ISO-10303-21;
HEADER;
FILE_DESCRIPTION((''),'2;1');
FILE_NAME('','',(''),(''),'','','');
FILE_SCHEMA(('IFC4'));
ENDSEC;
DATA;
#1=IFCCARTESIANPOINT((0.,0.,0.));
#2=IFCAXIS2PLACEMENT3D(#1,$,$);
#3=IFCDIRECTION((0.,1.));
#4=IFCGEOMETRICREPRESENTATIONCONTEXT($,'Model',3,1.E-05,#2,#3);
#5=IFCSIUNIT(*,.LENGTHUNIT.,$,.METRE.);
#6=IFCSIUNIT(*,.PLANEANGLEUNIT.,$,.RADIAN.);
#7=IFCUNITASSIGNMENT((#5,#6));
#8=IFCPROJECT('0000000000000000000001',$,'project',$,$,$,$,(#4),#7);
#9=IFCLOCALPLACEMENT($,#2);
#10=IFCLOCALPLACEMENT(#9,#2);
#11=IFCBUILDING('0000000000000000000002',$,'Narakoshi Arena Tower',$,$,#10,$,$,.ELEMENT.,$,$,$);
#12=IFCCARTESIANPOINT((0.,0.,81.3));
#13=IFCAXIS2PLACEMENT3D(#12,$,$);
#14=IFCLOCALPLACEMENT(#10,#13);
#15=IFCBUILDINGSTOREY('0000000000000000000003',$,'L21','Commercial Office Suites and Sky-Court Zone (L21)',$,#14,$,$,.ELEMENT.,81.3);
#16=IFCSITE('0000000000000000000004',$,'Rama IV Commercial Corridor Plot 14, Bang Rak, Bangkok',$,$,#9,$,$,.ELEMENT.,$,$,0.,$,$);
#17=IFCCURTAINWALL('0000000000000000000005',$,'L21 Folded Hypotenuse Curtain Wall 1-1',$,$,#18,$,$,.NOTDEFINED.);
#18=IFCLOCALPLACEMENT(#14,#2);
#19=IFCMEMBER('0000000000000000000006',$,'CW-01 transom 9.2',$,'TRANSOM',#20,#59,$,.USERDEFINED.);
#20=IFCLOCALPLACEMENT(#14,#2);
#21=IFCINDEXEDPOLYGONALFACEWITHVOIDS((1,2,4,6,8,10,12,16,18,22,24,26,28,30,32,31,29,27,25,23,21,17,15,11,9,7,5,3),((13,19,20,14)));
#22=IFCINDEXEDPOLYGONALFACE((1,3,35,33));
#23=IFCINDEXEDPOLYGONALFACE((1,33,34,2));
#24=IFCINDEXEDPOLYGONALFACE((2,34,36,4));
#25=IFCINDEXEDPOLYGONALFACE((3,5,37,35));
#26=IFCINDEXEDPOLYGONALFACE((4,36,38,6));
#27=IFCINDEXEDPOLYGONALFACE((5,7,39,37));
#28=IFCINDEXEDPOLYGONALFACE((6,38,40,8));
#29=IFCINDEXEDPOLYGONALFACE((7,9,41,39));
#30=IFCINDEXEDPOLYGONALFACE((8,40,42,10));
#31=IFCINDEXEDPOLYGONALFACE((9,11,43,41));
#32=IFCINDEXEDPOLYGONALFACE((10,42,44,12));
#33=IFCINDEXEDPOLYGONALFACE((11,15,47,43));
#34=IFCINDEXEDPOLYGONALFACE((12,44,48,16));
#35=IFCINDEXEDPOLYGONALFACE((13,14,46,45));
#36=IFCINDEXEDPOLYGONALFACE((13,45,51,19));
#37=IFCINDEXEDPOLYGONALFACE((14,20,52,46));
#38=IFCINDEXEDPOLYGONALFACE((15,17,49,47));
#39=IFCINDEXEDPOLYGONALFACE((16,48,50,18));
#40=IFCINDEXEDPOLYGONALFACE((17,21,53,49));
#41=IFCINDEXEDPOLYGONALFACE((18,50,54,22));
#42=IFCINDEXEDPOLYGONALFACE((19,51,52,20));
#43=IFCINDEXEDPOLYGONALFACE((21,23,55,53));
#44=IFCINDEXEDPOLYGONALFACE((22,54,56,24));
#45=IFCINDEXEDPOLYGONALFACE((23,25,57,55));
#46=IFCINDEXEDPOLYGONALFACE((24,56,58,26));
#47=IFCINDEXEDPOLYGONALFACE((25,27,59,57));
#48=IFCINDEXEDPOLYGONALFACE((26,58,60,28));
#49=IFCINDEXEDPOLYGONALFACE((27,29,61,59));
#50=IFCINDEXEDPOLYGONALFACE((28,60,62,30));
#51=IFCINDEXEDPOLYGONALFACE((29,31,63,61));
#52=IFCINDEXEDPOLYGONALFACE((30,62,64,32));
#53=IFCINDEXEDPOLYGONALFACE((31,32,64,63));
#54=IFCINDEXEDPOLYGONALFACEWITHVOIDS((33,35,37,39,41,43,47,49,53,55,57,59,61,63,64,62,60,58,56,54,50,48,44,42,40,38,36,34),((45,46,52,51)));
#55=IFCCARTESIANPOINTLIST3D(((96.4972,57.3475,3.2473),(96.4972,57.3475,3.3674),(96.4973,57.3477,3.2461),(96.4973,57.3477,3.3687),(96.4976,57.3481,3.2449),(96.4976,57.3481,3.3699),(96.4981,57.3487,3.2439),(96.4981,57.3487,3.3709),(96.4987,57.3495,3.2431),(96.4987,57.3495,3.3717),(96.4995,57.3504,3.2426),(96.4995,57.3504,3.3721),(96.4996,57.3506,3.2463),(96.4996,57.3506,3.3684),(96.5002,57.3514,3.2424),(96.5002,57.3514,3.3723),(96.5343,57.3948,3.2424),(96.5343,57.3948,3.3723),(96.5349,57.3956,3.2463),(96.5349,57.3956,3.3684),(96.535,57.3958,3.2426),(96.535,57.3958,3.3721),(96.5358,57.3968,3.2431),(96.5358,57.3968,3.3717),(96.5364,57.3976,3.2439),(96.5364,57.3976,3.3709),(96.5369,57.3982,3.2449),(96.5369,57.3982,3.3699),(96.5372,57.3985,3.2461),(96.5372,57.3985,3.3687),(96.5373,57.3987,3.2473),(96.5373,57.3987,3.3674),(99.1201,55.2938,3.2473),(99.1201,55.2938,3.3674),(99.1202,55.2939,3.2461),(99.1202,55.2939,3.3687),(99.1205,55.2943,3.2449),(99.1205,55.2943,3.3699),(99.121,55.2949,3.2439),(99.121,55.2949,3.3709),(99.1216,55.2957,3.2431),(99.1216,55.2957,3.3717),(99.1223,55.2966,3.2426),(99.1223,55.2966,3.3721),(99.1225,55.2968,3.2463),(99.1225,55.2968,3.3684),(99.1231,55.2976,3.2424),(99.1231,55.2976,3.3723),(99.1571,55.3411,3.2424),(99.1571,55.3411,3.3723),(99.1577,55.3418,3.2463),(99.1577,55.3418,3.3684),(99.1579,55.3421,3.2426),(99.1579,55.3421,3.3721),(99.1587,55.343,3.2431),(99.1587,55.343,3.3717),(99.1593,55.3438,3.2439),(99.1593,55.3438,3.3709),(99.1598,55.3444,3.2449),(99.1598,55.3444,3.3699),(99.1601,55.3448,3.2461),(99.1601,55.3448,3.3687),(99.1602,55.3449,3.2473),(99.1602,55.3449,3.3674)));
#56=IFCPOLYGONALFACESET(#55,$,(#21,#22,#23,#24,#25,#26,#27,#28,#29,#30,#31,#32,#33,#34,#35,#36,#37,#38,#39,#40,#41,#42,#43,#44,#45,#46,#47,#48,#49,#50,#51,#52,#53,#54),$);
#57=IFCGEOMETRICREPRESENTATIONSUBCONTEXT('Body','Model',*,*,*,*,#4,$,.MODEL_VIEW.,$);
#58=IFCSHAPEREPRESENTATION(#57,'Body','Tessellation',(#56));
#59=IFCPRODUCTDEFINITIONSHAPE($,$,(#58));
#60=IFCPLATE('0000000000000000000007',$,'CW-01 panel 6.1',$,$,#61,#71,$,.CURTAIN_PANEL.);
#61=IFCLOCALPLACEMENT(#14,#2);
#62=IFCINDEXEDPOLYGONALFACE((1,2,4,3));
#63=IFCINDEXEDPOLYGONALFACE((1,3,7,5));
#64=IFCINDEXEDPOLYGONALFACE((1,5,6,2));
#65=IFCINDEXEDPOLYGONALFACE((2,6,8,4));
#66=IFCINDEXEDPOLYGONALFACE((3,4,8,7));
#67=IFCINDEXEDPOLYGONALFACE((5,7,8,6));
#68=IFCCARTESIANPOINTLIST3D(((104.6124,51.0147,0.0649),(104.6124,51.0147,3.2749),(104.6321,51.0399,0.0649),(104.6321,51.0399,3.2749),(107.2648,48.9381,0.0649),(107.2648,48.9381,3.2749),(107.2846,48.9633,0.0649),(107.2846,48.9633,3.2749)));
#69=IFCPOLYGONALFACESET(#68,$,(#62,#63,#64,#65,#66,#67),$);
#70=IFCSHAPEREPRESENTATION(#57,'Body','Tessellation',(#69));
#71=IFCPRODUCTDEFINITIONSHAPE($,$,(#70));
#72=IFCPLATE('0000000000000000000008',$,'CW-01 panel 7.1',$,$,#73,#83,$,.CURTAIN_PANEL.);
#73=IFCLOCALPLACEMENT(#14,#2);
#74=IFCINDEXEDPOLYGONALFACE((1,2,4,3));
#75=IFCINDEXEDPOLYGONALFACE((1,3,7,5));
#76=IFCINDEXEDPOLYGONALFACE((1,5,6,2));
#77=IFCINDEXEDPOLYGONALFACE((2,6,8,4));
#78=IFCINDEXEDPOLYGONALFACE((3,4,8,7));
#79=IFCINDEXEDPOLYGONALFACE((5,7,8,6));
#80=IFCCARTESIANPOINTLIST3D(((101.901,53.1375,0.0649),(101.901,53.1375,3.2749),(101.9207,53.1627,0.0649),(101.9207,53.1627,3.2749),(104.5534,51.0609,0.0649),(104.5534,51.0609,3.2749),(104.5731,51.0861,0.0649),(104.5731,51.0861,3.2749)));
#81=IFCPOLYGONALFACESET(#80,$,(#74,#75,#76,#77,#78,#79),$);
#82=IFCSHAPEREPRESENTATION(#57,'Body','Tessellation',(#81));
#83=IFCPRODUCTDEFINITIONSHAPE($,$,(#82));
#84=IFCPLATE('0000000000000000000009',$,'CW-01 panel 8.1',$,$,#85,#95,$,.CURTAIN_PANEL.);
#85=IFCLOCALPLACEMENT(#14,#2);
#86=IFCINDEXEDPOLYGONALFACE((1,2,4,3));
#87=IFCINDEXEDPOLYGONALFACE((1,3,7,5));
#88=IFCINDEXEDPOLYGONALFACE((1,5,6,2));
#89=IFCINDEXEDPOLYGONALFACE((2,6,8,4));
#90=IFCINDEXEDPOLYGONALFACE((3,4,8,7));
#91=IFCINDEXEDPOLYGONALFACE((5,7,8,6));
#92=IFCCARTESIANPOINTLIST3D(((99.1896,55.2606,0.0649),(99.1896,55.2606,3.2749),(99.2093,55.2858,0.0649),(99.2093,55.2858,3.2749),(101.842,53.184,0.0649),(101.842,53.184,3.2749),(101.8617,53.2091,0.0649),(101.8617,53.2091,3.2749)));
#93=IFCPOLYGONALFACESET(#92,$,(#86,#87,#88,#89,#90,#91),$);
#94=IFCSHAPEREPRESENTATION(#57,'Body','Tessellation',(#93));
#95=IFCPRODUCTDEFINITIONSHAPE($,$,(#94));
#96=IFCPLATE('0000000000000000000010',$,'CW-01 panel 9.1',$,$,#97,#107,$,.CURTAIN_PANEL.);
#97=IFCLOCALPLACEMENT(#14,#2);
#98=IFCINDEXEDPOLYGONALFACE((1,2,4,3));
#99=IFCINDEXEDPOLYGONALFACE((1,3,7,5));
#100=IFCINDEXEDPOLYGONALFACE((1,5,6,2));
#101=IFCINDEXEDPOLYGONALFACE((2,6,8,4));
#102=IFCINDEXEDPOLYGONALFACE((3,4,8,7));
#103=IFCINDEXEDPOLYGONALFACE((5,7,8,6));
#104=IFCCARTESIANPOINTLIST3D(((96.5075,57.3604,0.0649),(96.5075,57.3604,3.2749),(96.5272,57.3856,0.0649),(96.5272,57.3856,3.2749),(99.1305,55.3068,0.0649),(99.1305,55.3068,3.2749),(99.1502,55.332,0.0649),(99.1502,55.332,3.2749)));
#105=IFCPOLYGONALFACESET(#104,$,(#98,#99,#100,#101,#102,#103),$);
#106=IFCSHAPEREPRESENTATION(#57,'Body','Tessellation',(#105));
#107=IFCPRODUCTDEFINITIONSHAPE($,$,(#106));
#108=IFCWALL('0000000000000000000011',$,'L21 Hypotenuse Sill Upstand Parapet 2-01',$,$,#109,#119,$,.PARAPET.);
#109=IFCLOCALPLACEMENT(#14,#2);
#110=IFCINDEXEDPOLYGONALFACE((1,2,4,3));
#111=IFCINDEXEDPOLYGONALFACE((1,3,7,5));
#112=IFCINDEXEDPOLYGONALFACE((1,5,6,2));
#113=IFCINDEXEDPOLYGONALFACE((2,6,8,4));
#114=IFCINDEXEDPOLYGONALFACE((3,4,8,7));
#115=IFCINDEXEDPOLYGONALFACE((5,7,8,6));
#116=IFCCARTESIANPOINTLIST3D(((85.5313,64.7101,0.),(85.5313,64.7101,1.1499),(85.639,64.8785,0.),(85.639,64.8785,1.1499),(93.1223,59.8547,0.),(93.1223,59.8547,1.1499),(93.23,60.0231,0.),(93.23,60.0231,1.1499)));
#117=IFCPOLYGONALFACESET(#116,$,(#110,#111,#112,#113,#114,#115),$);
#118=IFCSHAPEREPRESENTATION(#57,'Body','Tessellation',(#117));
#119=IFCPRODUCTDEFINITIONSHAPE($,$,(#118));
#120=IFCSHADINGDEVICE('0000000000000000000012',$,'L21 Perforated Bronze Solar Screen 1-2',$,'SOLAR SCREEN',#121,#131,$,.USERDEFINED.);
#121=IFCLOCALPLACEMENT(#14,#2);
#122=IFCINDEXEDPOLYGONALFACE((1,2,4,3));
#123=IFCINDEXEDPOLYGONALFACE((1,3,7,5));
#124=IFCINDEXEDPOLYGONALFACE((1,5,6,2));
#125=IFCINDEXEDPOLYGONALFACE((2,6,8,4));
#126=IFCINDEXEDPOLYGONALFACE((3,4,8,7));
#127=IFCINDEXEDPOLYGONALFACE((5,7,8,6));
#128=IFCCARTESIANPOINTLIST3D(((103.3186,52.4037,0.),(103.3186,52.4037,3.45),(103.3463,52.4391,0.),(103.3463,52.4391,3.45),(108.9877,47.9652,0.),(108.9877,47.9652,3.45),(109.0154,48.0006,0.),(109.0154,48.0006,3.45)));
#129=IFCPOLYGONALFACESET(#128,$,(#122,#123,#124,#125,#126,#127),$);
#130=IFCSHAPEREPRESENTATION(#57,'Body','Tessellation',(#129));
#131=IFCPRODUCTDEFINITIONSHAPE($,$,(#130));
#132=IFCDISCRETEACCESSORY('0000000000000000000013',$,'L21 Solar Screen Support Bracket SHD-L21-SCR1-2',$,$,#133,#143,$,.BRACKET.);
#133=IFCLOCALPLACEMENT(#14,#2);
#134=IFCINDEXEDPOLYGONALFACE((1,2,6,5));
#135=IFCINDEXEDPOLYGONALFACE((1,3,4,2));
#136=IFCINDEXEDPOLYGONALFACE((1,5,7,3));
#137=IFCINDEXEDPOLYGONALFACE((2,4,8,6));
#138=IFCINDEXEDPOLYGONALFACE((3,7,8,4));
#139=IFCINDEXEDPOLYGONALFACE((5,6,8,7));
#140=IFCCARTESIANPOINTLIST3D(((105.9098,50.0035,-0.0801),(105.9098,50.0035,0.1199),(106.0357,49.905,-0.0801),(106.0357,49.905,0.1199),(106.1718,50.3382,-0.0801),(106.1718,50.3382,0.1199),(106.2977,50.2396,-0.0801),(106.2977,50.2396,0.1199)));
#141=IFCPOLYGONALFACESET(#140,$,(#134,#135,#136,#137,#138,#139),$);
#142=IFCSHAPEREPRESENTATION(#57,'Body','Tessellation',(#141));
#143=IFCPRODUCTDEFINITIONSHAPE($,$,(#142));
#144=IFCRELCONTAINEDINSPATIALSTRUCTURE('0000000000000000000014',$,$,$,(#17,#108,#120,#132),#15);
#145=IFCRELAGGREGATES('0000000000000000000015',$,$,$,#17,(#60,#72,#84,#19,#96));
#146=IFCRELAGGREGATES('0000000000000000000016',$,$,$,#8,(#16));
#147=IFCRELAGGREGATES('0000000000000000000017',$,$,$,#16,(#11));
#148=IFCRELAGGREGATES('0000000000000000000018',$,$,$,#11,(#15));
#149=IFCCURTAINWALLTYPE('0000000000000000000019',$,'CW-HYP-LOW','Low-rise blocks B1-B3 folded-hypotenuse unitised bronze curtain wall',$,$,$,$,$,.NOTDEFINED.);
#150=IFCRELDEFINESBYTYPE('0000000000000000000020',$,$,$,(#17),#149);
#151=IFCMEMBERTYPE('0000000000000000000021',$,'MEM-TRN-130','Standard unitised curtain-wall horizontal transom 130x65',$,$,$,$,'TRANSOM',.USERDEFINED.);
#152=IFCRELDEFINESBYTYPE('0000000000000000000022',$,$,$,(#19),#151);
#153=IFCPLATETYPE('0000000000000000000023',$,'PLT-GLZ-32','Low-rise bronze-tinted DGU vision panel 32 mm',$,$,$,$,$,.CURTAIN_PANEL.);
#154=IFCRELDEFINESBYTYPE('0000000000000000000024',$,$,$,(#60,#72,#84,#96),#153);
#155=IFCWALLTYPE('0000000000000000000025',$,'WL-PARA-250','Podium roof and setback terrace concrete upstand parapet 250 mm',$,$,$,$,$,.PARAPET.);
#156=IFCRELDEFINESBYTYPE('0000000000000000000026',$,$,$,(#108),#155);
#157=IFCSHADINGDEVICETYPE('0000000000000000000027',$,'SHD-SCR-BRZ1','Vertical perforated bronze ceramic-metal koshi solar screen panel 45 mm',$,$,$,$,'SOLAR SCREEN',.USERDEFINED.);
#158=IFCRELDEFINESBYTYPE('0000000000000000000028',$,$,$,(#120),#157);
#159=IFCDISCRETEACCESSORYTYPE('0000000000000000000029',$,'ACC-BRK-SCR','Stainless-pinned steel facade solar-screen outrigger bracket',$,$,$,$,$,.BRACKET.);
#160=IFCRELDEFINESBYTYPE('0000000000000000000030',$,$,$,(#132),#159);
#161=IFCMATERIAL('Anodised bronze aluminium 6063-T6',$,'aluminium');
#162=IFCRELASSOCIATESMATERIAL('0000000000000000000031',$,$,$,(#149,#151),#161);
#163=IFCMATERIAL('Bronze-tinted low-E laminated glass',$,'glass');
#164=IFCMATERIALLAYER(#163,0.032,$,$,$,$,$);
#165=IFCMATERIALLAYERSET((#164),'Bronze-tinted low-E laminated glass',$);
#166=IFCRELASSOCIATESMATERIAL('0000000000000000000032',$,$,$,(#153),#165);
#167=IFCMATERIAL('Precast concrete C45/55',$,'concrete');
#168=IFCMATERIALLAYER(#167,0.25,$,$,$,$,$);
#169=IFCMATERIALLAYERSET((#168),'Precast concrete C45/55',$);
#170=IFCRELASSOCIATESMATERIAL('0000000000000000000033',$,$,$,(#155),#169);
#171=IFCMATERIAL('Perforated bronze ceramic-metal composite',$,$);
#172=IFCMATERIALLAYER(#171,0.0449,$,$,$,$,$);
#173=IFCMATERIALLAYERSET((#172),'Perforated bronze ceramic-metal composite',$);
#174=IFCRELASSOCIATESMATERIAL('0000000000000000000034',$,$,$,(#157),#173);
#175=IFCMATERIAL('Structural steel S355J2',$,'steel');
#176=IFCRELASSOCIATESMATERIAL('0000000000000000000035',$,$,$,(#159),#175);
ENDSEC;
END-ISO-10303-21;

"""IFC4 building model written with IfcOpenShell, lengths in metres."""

from ifc_helpers import new_model, si_unit, direction, frame, frame_2d, origin, origin_2d, place, context, subcontext, project, spatial, rectangle, hollow_rectangle, extrude, material, layer, layer_set, material_profile, profile_set, type_object, element, aggregate, save


model = new_model("IFC4")

# Units and contexts
model_context = context("Model", 3, precision=1e-05, world=origin(), true_north=direction((0.0, 1.0)))
body_context = subcontext(model_context, "Body", "Model", "MODEL_VIEW")
ifc_project = project(units=[si_unit("LENGTHUNIT", "METRE"), si_unit("PLANEANGLEUNIT", "RADIAN")], contexts=[model_context])

# Site, building, storey
site_placement = place(None, origin())
site = spatial("IfcSite", under=ifc_project, at=site_placement, Name="Rama IV Commercial Corridor Plot 14, Bang Rak, Bangkok", CompositionType="ELEMENT", RefElevation=0.0)
building_placement = place(site_placement, origin())
building = spatial("IfcBuilding", under=site, at=building_placement, Name="Narakoshi Arena Tower", CompositionType="ELEMENT")
storey_placement = place(building_placement, frame((0.0, 0.0, 81.3)))
storey = spatial("IfcBuildingStorey", under=building, at=storey_placement, Name="L21", Description="Commercial Office Suites and Sky-Court Zone (L21)", CompositionType="ELEMENT", Elevation=81.3)

# Shared definitions
ifc_material_1 = material(Name="Structural steel S355J2", Category="steel")

# Curtain wall, member, plates
ifc_material_2 = material(Name="Anodised bronze aluminium 6063-T6", Category="aluminium")
curtain_wall_type = type_object("IfcCurtainWallType", Name="CW-HYP-LOW", Description="Low-rise blocks B1-B3 folded-hypotenuse unitised bronze curtain wall", PredefinedType="NOTDEFINED", material=ifc_material_2)
curtain_wall_placement = place(storey_placement, origin())
curtain_wall = element("IfcCurtainWall", 1, at=curtain_wall_placement, inside=storey, type_object=curtain_wall_type, Name="L21 Folded Hypotenuse Curtain Wall 1-1", PredefinedType="NOTDEFINED")
ifc_material_profile_1 = material_profile(ifc_material_2, hollow_rectangle(XDim=0.0649, YDim=0.1299, WallThickness=0.0039, OuterFilletRadius=0.0049, at=origin_2d()), Name="TRN130x65x4")
ifc_profile_set_1 = profile_set([ifc_material_profile_1], Name="Anodised bronze aluminium 6063-T6")
member_type_1 = type_object("IfcMemberType", Name="MEM-TRN-130", Description="Standard unitised curtain-wall horizontal transom 130x65", ElementType="TRANSOM", PredefinedType="USERDEFINED", material=ifc_profile_set_1)
member_1_placement = place(storey_placement, frame((99.1401, 55.3193, 3.3074), z_axis=(-0.787347, 0.61651, 0.0), x_axis=(-0.61651, -0.787347, 0.0)))
member_1 = element("IfcMember", 2, at=member_1_placement, type_object=member_type_1, Name="CW-01 transom 9.2", ObjectType="TRANSOM", PredefinedType="USERDEFINED", context=body_context, shape_type="SweptSolid", body=[
    extrude(hollow_rectangle(XDim=0.0649, YDim=0.1299, WallThickness=0.0039, OuterFilletRadius=0.0049, at=origin_2d()), origin(), (0.0, 0.0, 1.0), 3.3313),
])
ifc_material_3 = material(Name="Bronze-tinted low-E laminated glass", Category="glass")
ifc_layer_1 = layer(ifc_material_3, 0.032)
ifc_layer_set_1 = layer_set([ifc_layer_1], Name="Bronze-tinted low-E laminated glass")
plate_type = type_object("IfcPlateType", Name="PLT-GLZ-32", Description="Low-rise bronze-tinted DGU vision panel 32 mm", PredefinedType="CURTAIN_PANEL", material=ifc_layer_set_1)
plate_1_placement = place(storey_placement, frame((105.9485, 49.989, 0.0649), z_axis=(0.0, 0.0, 1.0), x_axis=(-0.787388, 0.616458, 0.0)))
plate_1 = element("IfcPlate", 3, at=plate_1_placement, type_object=plate_type, Name="CW-01 panel 6.1", PredefinedType="CURTAIN_PANEL", context=body_context, shape_type="SweptSolid", body=[
    extrude(rectangle(XDim=3.3687, YDim=0.032, at=origin_2d()), origin(), (0.0, 0.0, 1.0), 3.21),
])
plate_2_placement = place(storey_placement, frame((103.2371, 52.1118, 0.0649), z_axis=(0.0, 0.0, 1.0), x_axis=(-0.787388, 0.616458, 0.0)))
plate_2 = element("IfcPlate", 4, at=plate_2_placement, type_object=plate_type, Name="CW-01 panel 7.1", PredefinedType="CURTAIN_PANEL", context=body_context, shape_type="SweptSolid", body=[
    extrude(rectangle(XDim=3.3687, YDim=0.032, at=origin_2d()), origin(), (0.0, 0.0, 1.0), 3.21),
])
plate_3_placement = place(storey_placement, frame((100.5256, 54.2349, 0.0649), z_axis=(0.0, 0.0, 1.0), x_axis=(-0.787388, 0.616458, 0.0)))
plate_3 = element("IfcPlate", 5, at=plate_3_placement, type_object=plate_type, Name="CW-01 panel 8.1", PredefinedType="CURTAIN_PANEL", context=body_context, shape_type="SweptSolid", body=[
    extrude(rectangle(XDim=3.3687, YDim=0.032, at=origin_2d()), origin(), (0.0, 0.0, 1.0), 3.21),
])
plate_4_placement = place(storey_placement, frame((97.8289, 56.3462, 0.0649), z_axis=(0.0, 0.0, 1.0), x_axis=(-0.787388, 0.616458, 0.0)))
plate_4 = element("IfcPlate", 6, at=plate_4_placement, type_object=plate_type, Name="CW-01 panel 9.1", PredefinedType="CURTAIN_PANEL", context=body_context, shape_type="SweptSolid", body=[
    extrude(rectangle(XDim=3.3313, YDim=0.032, at=origin_2d()), origin(), (0.0, 0.0, 1.0), 3.21),
])
aggregate(curtain_wall, [plate_1, plate_2, plate_3, member_1, plate_4])

# Wall
ifc_material_4 = material(Name="Precast concrete C45/55", Category="concrete")
ifc_layer_2 = layer(ifc_material_4, 0.25)
ifc_layer_set_2 = layer_set([ifc_layer_2], Name="Precast concrete C45/55")
wall_type = type_object("IfcWallType", Name="WL-PARA-250", Description="Podium roof and setback terrace concrete upstand parapet 250 mm", PredefinedType="PARAPET", material=ifc_layer_set_2)
wall_placement = place(storey_placement, frame((93.176, 59.939, 0.0), z_axis=(0.0, 0.0, 1.0), x_axis=(-0.842413, 0.538832, 0.0)))
element("IfcWall", 7, at=wall_placement, inside=storey, type_object=wall_type, Name="L21 Hypotenuse Sill Upstand Parapet 2-01", PredefinedType="PARAPET", context=body_context, shape_type="SweptSolid", body=[
    extrude(rectangle(XDim=9.011, YDim=0.2, at=frame_2d((4.5054, 0.0))), origin(), (0.0, 0.0, 1.0), 1.1499),
])

# Shading device
ifc_material_5 = material(Name="Perforated bronze ceramic-metal composite")
ifc_layer_3 = layer(ifc_material_5, 0.0449)
ifc_layer_set_3 = layer_set([ifc_layer_3], Name="Perforated bronze ceramic-metal composite")
shading_device_type = type_object("IfcShadingDeviceType", Name="SHD-SCR-BRZ1", Description="Vertical perforated bronze ceramic-metal koshi solar screen panel 45 mm", ElementType="SOLAR SCREEN", PredefinedType="USERDEFINED", material=ifc_layer_set_3)
shading_device_placement = place(storey_placement, frame((106.167, 50.2021, 0.0), z_axis=(0.0, 0.0, 1.0), x_axis=(-0.787387, 0.616459, 0.0)))
element("IfcShadingDevice", 8, at=shading_device_placement, inside=storey, type_object=shading_device_type, Name="L21 Perforated Bronze Solar Screen 1-2", ObjectType="SOLAR SCREEN", PredefinedType="USERDEFINED", context=body_context, shape_type="SweptSolid", body=[
    extrude(rectangle(XDim=7.2, YDim=0.0449, at=origin_2d()), origin(), (0.0, 0.0, 1.0), 3.45),
])

# Discrete accessory
discrete_accessory_type = type_object("IfcDiscreteAccessoryType", Name="ACC-BRK-SCR", Description="Stainless-pinned steel facade solar-screen outrigger bracket", PredefinedType="BRACKET", material=ifc_material_1)
discrete_accessory_placement = place(storey_placement, frame((106.1038, 50.1216, -0.0801), z_axis=(0.0, 0.0, 1.0), x_axis=(-0.787387, 0.616459, 0.0)))
element("IfcDiscreteAccessory", 9, at=discrete_accessory_placement, inside=storey, type_object=discrete_accessory_type, Name="L21 Solar Screen Support Bracket SHD-L21-SCR1-2", PredefinedType="BRACKET", context=body_context, shape_type="SweptSolid", body=[
    extrude(rectangle(XDim=0.1599, YDim=0.425, at=origin_2d()), origin(), (0.0, 0.0, 1.0), 0.2),
])

save(model, "model.ifc")
